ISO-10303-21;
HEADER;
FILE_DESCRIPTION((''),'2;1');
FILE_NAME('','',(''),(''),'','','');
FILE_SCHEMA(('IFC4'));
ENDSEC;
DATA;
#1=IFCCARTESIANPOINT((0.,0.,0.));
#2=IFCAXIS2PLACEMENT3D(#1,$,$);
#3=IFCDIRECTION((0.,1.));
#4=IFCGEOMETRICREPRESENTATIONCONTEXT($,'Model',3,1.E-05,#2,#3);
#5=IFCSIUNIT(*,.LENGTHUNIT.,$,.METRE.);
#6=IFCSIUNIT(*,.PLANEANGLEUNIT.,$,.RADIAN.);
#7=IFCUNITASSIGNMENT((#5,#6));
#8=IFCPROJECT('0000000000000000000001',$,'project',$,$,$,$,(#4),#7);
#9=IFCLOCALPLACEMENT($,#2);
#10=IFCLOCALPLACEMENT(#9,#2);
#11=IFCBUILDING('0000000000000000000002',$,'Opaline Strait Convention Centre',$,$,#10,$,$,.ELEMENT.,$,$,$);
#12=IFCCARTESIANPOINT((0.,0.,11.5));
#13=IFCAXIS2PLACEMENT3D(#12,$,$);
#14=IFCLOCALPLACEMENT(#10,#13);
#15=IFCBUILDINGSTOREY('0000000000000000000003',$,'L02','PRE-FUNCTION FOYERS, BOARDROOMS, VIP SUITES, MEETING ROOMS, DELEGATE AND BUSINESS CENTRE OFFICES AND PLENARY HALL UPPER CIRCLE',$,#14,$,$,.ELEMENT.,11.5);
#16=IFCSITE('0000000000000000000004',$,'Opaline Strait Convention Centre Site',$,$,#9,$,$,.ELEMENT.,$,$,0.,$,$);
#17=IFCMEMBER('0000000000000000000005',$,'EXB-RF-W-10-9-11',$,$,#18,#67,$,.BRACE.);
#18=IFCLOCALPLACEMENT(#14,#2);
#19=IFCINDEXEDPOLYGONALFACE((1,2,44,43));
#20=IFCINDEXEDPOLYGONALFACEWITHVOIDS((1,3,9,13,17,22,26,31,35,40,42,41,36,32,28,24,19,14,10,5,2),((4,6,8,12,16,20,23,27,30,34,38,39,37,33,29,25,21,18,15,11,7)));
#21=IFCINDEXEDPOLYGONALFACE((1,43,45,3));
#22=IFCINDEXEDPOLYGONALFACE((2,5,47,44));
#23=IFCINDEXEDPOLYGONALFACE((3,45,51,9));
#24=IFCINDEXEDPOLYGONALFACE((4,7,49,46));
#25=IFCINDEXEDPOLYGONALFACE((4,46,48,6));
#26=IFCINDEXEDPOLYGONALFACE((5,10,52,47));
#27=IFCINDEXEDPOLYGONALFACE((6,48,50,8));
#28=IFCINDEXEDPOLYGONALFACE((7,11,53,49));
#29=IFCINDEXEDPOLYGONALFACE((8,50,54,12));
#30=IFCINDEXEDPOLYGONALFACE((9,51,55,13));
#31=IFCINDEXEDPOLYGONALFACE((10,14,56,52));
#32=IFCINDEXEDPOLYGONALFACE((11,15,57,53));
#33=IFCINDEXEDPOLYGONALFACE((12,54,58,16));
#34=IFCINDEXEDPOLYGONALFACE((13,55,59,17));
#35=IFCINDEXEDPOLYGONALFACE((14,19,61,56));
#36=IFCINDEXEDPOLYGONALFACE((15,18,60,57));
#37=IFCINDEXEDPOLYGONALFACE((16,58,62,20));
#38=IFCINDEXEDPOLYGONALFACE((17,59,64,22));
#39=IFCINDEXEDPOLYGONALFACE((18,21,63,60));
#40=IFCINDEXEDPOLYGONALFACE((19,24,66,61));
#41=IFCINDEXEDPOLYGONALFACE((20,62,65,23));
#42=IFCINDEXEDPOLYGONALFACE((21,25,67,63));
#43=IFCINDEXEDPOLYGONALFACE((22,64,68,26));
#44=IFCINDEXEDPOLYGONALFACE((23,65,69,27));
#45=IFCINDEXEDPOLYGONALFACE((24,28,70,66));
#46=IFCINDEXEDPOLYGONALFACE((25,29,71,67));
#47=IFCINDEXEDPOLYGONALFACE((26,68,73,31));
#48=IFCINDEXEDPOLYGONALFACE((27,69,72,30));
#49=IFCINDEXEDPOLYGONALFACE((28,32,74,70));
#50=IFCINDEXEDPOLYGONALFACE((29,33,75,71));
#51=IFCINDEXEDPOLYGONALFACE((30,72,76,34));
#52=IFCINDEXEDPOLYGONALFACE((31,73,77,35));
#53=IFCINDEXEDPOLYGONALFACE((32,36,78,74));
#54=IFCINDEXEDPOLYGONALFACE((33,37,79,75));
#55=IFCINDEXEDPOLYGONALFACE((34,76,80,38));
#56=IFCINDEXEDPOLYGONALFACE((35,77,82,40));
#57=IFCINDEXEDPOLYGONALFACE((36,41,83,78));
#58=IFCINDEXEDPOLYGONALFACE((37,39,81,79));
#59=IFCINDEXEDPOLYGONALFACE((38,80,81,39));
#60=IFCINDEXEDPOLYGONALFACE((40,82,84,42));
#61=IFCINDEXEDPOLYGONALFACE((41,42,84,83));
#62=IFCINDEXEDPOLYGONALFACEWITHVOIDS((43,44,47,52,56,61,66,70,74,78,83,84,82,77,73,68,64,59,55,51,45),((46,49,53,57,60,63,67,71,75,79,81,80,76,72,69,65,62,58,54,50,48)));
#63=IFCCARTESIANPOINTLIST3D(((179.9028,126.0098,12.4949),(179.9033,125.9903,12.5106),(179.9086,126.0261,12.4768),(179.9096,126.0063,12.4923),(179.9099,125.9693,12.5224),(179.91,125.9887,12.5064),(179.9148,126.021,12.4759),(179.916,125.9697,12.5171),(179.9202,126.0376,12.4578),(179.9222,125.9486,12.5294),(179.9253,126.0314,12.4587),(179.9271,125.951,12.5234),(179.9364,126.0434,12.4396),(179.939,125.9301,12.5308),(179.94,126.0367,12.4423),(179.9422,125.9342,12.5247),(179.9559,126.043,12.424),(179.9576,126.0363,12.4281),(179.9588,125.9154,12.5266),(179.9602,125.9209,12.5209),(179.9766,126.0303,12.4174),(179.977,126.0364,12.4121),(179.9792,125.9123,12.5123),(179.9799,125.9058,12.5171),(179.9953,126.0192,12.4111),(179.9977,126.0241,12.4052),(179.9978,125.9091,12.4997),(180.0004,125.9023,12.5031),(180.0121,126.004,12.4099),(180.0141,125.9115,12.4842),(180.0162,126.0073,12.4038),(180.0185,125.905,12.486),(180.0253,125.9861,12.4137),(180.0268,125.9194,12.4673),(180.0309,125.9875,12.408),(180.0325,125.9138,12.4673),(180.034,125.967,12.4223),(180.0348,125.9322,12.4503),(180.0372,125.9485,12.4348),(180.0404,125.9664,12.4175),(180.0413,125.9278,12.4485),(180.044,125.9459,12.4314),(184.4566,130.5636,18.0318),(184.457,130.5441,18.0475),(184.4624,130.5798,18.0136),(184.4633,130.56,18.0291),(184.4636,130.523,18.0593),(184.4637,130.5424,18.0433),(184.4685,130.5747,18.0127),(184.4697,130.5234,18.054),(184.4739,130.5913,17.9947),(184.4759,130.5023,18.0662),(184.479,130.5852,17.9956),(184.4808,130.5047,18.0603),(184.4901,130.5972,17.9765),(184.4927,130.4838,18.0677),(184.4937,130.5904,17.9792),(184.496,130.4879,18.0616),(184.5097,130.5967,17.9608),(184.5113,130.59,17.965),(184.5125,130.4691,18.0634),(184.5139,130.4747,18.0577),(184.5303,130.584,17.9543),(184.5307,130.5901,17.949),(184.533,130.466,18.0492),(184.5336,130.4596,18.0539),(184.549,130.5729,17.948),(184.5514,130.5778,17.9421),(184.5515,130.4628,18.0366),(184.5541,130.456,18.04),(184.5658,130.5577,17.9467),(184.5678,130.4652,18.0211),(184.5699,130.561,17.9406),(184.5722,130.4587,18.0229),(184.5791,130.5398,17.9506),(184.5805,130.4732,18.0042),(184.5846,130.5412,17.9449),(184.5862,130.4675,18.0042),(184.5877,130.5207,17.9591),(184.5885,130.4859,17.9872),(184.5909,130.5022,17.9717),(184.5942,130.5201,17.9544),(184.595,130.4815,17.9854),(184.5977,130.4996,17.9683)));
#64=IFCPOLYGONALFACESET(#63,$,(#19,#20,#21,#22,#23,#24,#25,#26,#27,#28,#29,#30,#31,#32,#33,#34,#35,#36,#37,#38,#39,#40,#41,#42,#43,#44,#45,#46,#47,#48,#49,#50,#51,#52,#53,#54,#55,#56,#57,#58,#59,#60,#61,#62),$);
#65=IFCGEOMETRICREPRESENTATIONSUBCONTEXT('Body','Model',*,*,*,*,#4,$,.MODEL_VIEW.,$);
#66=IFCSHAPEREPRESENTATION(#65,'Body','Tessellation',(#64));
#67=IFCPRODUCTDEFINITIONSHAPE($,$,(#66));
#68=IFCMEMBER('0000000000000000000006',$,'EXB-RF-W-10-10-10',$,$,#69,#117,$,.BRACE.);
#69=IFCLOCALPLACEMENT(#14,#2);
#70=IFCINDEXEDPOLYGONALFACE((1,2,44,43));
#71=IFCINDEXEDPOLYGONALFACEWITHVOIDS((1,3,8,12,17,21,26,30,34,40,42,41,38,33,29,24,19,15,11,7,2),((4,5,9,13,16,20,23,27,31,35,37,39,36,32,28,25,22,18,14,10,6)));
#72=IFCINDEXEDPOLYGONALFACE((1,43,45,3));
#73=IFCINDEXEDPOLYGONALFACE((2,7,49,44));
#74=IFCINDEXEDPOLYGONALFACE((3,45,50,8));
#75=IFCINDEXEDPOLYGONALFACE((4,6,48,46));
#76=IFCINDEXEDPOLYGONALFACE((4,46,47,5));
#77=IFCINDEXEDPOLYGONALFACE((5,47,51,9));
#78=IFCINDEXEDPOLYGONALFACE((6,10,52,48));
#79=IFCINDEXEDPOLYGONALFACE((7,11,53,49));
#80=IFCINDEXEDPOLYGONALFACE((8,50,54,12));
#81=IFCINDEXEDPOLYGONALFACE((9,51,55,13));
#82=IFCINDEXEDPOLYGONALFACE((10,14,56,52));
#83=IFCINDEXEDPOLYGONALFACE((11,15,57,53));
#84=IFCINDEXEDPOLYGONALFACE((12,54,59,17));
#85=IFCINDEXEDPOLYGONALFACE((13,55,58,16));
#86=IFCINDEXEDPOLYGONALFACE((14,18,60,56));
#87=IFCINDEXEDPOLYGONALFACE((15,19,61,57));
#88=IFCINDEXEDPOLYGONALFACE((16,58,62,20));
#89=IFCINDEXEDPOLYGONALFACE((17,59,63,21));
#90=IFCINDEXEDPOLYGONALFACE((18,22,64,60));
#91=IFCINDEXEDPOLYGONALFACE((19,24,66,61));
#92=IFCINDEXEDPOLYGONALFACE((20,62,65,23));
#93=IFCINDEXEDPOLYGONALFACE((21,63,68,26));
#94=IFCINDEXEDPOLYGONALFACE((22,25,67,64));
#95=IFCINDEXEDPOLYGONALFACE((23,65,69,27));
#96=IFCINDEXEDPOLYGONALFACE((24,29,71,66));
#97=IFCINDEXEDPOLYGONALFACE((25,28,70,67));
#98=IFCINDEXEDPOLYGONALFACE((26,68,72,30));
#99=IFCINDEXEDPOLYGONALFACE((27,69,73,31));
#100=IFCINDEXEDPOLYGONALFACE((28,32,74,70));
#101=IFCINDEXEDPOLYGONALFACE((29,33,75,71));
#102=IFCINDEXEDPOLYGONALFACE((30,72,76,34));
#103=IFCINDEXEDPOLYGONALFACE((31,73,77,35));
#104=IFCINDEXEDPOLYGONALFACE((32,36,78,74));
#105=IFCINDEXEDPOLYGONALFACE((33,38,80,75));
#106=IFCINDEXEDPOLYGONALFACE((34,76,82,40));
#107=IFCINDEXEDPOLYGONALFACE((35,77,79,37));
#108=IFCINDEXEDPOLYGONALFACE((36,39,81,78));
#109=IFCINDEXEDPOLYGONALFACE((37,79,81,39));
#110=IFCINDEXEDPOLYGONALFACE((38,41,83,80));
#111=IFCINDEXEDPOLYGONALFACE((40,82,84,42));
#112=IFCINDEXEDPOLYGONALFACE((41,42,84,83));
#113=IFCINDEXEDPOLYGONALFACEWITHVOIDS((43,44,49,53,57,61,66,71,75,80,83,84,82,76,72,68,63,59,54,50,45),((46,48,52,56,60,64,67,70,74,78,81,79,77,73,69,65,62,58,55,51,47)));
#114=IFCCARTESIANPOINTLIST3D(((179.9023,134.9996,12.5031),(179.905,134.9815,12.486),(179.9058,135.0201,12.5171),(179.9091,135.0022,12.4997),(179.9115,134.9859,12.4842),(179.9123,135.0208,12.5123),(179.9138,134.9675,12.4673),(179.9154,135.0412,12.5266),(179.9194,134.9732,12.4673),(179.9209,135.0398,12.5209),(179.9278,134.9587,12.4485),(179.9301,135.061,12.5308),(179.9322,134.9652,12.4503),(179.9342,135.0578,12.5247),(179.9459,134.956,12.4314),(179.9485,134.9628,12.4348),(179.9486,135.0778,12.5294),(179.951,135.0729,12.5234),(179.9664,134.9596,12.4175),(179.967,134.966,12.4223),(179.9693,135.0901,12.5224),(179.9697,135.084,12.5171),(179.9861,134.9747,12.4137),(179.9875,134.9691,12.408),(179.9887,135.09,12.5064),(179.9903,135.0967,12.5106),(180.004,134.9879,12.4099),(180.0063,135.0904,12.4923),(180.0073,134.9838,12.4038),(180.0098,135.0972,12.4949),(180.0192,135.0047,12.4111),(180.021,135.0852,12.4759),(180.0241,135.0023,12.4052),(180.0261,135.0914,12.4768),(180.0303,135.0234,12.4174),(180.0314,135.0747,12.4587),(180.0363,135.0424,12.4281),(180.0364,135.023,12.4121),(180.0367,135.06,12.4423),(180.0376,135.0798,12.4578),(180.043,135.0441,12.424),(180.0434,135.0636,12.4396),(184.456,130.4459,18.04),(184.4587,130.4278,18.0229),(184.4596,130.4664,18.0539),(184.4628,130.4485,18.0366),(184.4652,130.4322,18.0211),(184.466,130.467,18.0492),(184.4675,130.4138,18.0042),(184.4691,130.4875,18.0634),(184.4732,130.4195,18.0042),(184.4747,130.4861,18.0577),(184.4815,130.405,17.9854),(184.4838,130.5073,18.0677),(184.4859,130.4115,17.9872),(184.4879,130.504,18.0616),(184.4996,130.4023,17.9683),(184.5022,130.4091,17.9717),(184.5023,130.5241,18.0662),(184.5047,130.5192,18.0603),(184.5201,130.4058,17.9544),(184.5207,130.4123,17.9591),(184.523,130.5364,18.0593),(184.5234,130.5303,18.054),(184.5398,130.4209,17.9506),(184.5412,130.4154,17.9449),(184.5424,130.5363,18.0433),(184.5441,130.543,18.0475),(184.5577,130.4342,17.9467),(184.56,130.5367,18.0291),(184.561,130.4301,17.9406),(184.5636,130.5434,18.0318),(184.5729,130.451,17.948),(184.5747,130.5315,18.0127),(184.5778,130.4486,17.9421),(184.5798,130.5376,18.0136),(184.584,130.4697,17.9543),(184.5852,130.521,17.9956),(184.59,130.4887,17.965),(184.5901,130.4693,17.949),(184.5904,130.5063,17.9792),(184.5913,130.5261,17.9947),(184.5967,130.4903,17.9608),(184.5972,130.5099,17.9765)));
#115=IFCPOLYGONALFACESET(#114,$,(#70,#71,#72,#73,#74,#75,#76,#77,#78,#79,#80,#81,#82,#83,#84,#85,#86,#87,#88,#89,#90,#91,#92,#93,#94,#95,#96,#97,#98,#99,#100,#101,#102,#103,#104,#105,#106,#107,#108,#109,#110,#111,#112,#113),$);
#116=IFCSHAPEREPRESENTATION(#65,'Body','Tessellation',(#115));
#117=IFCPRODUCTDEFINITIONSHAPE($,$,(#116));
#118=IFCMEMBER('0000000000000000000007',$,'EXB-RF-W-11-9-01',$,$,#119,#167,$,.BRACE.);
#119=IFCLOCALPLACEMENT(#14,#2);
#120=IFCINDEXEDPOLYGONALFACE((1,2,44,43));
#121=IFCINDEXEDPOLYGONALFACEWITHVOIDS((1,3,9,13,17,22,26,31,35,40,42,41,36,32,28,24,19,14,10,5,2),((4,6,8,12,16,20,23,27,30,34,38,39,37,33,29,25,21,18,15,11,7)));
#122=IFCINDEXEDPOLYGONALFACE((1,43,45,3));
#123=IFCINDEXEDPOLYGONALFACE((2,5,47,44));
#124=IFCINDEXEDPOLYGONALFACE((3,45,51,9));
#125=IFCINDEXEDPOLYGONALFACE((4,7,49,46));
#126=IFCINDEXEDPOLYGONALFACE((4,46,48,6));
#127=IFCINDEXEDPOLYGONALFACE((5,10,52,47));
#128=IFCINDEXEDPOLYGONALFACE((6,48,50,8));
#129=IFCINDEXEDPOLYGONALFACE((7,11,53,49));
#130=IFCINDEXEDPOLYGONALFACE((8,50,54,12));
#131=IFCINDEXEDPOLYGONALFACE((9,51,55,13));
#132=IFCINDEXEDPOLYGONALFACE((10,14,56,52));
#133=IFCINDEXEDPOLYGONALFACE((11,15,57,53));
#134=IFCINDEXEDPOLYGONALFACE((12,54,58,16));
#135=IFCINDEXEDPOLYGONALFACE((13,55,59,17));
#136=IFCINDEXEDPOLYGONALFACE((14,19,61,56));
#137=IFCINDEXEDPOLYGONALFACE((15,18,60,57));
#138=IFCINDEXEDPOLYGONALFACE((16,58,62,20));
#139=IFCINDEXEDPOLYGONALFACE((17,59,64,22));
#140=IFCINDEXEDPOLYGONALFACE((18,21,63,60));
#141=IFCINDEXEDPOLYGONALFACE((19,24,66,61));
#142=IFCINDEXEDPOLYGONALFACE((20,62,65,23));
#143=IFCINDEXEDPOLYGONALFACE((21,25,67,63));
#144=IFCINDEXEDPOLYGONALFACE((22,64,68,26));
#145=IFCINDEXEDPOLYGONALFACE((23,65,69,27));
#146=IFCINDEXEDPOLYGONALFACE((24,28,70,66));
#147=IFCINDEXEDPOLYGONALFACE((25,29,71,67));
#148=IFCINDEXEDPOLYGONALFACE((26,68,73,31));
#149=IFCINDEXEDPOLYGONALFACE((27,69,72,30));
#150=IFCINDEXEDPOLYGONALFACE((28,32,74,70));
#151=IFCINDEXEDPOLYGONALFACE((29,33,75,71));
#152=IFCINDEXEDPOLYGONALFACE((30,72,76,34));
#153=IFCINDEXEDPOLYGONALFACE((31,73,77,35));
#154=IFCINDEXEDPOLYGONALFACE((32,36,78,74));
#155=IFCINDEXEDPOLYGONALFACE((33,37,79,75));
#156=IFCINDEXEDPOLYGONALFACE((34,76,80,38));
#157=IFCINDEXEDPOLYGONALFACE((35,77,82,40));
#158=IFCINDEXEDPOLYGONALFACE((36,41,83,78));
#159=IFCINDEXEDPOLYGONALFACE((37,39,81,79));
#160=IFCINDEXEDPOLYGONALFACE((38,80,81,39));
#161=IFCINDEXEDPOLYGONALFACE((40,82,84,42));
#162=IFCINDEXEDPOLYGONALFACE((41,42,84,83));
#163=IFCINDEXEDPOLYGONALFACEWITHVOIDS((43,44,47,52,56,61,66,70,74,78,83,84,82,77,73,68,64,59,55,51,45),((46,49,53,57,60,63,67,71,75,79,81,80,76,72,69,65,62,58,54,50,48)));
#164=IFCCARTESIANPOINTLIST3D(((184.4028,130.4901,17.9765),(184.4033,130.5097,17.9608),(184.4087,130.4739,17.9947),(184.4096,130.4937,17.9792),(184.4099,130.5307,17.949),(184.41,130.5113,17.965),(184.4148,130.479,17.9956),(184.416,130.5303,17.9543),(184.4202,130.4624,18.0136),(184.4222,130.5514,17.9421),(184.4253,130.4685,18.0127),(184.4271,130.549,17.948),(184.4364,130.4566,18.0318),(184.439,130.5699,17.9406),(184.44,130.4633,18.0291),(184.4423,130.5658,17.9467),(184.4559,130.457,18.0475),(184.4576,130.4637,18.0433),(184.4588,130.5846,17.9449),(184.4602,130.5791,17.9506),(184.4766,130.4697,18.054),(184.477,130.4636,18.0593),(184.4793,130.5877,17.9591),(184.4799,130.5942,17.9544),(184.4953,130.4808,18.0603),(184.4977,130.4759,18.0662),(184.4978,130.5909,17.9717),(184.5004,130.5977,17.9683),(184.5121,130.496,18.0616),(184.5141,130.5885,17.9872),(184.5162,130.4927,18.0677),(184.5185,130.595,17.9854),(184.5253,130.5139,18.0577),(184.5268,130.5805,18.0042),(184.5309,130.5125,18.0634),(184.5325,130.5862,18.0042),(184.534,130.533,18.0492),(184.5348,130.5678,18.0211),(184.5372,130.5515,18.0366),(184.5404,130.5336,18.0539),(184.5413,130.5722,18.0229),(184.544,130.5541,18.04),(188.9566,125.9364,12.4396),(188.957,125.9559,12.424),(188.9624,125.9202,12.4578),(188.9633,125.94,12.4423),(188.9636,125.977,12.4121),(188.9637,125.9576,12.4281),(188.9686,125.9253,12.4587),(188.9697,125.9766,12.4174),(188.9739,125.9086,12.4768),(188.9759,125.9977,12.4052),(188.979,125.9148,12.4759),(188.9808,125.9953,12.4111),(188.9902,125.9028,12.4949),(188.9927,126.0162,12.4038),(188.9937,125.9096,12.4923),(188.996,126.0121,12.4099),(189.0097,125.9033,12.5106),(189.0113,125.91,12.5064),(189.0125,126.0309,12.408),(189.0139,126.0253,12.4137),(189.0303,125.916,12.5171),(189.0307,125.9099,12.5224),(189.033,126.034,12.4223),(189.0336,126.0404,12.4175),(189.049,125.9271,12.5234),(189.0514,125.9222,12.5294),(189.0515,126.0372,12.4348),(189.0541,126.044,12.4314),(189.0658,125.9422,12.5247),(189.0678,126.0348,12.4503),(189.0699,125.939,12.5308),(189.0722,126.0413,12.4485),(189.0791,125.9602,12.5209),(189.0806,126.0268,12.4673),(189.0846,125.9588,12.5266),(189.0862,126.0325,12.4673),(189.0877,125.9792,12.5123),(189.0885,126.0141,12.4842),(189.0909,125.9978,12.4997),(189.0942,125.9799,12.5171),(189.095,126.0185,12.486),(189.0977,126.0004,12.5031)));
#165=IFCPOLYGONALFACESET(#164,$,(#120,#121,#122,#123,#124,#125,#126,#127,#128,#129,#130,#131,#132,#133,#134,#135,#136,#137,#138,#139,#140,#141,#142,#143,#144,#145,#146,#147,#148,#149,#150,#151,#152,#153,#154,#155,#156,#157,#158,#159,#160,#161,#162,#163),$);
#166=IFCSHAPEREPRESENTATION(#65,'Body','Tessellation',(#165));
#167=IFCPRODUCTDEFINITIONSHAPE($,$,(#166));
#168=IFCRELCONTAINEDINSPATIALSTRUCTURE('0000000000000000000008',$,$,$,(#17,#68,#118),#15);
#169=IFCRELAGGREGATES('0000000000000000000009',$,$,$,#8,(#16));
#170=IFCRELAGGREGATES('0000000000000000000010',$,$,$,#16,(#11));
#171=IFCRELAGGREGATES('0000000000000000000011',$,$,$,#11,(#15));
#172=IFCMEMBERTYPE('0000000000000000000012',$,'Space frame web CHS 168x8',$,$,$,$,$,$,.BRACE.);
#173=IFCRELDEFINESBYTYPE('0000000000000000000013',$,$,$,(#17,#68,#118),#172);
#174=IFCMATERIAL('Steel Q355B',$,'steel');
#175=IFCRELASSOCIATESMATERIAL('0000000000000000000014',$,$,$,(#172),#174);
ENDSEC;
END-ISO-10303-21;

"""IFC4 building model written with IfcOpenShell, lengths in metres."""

from ifc_helpers import new_model, si_unit, direction, frame, origin, origin_2d, place, context, subcontext, project, spatial, hollow_circle, extrude, material, material_profile, profile_set, type_object, element, save


model = new_model("IFC4")

# Units and contexts
model_context = context("Model", 3, precision=1e-05, world=origin(), true_north=direction((0.0, 1.0)))
body_context = subcontext(model_context, "Body", "Model", "MODEL_VIEW")
ifc_project = project(units=[si_unit("LENGTHUNIT", "METRE"), si_unit("PLANEANGLEUNIT", "RADIAN")], contexts=[model_context])

# Site, building, storey
site_placement = place(None, origin())
site = spatial("IfcSite", under=ifc_project, at=site_placement, Name="Opaline Strait Convention Centre Site", CompositionType="ELEMENT", RefElevation=0.0)
building_placement = place(site_placement, origin())
building = spatial("IfcBuilding", under=site, at=building_placement, Name="Opaline Strait Convention Centre", CompositionType="ELEMENT")
storey_placement = place(building_placement, frame((0.0, 0.0, 11.5)))
storey = spatial("IfcBuildingStorey", under=building, at=storey_placement, Name="L02", Description="PRE-FUNCTION FOYERS, BOARDROOMS, VIP SUITES, MEETING ROOMS, DELEGATE AND BUSINESS CENTRE OFFICES AND PLENARY HALL UPPER CIRCLE", CompositionType="ELEMENT", Elevation=11.5)

# Members
ifc_material = material(Name="Steel Q355B", Category="steel")
ifc_material_profile_1 = material_profile(ifc_material, hollow_circle(Radius=0.084, WallThickness=0.0081, at=origin_2d()), Name="CHS 168x8")
ifc_profile_set_1 = profile_set([ifc_material_profile_1], Name="Steel Q355B")
member_type_1 = type_object("IfcMemberType", Name="Space frame web CHS 168x8", PredefinedType="BRACE", material=ifc_profile_set_1)
for number, where, z_axis, x_axis, name in (
    (1, (184.5269, 130.5269, 18.0042), (-0.536178, -0.536178, -0.65194), (0.707107, -0.707107, 0.0), "EXB-RF-W-10-9-11"),
    (2, (184.5269, 130.4731, 18.0042), (-0.536178, 0.536178, -0.65194), (-0.707107, -0.707107, 0.0), "EXB-RF-W-10-10-10"),
    (3, (184.4731, 130.5269, 18.0042), (0.536178, -0.536178, -0.65194), (0.707107, 0.707107, 0.0), "EXB-RF-W-11-9-01"),
):
    element("IfcMember", number, at=place(storey_placement, frame(where, z_axis=z_axis, x_axis=x_axis)), inside=storey, type_object=member_type_1, Name=name, PredefinedType="BRACE", context=body_context, shape_type="SweptSolid", body=[
        extrude(hollow_circle(Radius=0.084, WallThickness=0.0081, at=origin_2d()), origin(), (0.0, 0.0, 1.0), 8.4929),
    ])

save(model, "model.ifc")
